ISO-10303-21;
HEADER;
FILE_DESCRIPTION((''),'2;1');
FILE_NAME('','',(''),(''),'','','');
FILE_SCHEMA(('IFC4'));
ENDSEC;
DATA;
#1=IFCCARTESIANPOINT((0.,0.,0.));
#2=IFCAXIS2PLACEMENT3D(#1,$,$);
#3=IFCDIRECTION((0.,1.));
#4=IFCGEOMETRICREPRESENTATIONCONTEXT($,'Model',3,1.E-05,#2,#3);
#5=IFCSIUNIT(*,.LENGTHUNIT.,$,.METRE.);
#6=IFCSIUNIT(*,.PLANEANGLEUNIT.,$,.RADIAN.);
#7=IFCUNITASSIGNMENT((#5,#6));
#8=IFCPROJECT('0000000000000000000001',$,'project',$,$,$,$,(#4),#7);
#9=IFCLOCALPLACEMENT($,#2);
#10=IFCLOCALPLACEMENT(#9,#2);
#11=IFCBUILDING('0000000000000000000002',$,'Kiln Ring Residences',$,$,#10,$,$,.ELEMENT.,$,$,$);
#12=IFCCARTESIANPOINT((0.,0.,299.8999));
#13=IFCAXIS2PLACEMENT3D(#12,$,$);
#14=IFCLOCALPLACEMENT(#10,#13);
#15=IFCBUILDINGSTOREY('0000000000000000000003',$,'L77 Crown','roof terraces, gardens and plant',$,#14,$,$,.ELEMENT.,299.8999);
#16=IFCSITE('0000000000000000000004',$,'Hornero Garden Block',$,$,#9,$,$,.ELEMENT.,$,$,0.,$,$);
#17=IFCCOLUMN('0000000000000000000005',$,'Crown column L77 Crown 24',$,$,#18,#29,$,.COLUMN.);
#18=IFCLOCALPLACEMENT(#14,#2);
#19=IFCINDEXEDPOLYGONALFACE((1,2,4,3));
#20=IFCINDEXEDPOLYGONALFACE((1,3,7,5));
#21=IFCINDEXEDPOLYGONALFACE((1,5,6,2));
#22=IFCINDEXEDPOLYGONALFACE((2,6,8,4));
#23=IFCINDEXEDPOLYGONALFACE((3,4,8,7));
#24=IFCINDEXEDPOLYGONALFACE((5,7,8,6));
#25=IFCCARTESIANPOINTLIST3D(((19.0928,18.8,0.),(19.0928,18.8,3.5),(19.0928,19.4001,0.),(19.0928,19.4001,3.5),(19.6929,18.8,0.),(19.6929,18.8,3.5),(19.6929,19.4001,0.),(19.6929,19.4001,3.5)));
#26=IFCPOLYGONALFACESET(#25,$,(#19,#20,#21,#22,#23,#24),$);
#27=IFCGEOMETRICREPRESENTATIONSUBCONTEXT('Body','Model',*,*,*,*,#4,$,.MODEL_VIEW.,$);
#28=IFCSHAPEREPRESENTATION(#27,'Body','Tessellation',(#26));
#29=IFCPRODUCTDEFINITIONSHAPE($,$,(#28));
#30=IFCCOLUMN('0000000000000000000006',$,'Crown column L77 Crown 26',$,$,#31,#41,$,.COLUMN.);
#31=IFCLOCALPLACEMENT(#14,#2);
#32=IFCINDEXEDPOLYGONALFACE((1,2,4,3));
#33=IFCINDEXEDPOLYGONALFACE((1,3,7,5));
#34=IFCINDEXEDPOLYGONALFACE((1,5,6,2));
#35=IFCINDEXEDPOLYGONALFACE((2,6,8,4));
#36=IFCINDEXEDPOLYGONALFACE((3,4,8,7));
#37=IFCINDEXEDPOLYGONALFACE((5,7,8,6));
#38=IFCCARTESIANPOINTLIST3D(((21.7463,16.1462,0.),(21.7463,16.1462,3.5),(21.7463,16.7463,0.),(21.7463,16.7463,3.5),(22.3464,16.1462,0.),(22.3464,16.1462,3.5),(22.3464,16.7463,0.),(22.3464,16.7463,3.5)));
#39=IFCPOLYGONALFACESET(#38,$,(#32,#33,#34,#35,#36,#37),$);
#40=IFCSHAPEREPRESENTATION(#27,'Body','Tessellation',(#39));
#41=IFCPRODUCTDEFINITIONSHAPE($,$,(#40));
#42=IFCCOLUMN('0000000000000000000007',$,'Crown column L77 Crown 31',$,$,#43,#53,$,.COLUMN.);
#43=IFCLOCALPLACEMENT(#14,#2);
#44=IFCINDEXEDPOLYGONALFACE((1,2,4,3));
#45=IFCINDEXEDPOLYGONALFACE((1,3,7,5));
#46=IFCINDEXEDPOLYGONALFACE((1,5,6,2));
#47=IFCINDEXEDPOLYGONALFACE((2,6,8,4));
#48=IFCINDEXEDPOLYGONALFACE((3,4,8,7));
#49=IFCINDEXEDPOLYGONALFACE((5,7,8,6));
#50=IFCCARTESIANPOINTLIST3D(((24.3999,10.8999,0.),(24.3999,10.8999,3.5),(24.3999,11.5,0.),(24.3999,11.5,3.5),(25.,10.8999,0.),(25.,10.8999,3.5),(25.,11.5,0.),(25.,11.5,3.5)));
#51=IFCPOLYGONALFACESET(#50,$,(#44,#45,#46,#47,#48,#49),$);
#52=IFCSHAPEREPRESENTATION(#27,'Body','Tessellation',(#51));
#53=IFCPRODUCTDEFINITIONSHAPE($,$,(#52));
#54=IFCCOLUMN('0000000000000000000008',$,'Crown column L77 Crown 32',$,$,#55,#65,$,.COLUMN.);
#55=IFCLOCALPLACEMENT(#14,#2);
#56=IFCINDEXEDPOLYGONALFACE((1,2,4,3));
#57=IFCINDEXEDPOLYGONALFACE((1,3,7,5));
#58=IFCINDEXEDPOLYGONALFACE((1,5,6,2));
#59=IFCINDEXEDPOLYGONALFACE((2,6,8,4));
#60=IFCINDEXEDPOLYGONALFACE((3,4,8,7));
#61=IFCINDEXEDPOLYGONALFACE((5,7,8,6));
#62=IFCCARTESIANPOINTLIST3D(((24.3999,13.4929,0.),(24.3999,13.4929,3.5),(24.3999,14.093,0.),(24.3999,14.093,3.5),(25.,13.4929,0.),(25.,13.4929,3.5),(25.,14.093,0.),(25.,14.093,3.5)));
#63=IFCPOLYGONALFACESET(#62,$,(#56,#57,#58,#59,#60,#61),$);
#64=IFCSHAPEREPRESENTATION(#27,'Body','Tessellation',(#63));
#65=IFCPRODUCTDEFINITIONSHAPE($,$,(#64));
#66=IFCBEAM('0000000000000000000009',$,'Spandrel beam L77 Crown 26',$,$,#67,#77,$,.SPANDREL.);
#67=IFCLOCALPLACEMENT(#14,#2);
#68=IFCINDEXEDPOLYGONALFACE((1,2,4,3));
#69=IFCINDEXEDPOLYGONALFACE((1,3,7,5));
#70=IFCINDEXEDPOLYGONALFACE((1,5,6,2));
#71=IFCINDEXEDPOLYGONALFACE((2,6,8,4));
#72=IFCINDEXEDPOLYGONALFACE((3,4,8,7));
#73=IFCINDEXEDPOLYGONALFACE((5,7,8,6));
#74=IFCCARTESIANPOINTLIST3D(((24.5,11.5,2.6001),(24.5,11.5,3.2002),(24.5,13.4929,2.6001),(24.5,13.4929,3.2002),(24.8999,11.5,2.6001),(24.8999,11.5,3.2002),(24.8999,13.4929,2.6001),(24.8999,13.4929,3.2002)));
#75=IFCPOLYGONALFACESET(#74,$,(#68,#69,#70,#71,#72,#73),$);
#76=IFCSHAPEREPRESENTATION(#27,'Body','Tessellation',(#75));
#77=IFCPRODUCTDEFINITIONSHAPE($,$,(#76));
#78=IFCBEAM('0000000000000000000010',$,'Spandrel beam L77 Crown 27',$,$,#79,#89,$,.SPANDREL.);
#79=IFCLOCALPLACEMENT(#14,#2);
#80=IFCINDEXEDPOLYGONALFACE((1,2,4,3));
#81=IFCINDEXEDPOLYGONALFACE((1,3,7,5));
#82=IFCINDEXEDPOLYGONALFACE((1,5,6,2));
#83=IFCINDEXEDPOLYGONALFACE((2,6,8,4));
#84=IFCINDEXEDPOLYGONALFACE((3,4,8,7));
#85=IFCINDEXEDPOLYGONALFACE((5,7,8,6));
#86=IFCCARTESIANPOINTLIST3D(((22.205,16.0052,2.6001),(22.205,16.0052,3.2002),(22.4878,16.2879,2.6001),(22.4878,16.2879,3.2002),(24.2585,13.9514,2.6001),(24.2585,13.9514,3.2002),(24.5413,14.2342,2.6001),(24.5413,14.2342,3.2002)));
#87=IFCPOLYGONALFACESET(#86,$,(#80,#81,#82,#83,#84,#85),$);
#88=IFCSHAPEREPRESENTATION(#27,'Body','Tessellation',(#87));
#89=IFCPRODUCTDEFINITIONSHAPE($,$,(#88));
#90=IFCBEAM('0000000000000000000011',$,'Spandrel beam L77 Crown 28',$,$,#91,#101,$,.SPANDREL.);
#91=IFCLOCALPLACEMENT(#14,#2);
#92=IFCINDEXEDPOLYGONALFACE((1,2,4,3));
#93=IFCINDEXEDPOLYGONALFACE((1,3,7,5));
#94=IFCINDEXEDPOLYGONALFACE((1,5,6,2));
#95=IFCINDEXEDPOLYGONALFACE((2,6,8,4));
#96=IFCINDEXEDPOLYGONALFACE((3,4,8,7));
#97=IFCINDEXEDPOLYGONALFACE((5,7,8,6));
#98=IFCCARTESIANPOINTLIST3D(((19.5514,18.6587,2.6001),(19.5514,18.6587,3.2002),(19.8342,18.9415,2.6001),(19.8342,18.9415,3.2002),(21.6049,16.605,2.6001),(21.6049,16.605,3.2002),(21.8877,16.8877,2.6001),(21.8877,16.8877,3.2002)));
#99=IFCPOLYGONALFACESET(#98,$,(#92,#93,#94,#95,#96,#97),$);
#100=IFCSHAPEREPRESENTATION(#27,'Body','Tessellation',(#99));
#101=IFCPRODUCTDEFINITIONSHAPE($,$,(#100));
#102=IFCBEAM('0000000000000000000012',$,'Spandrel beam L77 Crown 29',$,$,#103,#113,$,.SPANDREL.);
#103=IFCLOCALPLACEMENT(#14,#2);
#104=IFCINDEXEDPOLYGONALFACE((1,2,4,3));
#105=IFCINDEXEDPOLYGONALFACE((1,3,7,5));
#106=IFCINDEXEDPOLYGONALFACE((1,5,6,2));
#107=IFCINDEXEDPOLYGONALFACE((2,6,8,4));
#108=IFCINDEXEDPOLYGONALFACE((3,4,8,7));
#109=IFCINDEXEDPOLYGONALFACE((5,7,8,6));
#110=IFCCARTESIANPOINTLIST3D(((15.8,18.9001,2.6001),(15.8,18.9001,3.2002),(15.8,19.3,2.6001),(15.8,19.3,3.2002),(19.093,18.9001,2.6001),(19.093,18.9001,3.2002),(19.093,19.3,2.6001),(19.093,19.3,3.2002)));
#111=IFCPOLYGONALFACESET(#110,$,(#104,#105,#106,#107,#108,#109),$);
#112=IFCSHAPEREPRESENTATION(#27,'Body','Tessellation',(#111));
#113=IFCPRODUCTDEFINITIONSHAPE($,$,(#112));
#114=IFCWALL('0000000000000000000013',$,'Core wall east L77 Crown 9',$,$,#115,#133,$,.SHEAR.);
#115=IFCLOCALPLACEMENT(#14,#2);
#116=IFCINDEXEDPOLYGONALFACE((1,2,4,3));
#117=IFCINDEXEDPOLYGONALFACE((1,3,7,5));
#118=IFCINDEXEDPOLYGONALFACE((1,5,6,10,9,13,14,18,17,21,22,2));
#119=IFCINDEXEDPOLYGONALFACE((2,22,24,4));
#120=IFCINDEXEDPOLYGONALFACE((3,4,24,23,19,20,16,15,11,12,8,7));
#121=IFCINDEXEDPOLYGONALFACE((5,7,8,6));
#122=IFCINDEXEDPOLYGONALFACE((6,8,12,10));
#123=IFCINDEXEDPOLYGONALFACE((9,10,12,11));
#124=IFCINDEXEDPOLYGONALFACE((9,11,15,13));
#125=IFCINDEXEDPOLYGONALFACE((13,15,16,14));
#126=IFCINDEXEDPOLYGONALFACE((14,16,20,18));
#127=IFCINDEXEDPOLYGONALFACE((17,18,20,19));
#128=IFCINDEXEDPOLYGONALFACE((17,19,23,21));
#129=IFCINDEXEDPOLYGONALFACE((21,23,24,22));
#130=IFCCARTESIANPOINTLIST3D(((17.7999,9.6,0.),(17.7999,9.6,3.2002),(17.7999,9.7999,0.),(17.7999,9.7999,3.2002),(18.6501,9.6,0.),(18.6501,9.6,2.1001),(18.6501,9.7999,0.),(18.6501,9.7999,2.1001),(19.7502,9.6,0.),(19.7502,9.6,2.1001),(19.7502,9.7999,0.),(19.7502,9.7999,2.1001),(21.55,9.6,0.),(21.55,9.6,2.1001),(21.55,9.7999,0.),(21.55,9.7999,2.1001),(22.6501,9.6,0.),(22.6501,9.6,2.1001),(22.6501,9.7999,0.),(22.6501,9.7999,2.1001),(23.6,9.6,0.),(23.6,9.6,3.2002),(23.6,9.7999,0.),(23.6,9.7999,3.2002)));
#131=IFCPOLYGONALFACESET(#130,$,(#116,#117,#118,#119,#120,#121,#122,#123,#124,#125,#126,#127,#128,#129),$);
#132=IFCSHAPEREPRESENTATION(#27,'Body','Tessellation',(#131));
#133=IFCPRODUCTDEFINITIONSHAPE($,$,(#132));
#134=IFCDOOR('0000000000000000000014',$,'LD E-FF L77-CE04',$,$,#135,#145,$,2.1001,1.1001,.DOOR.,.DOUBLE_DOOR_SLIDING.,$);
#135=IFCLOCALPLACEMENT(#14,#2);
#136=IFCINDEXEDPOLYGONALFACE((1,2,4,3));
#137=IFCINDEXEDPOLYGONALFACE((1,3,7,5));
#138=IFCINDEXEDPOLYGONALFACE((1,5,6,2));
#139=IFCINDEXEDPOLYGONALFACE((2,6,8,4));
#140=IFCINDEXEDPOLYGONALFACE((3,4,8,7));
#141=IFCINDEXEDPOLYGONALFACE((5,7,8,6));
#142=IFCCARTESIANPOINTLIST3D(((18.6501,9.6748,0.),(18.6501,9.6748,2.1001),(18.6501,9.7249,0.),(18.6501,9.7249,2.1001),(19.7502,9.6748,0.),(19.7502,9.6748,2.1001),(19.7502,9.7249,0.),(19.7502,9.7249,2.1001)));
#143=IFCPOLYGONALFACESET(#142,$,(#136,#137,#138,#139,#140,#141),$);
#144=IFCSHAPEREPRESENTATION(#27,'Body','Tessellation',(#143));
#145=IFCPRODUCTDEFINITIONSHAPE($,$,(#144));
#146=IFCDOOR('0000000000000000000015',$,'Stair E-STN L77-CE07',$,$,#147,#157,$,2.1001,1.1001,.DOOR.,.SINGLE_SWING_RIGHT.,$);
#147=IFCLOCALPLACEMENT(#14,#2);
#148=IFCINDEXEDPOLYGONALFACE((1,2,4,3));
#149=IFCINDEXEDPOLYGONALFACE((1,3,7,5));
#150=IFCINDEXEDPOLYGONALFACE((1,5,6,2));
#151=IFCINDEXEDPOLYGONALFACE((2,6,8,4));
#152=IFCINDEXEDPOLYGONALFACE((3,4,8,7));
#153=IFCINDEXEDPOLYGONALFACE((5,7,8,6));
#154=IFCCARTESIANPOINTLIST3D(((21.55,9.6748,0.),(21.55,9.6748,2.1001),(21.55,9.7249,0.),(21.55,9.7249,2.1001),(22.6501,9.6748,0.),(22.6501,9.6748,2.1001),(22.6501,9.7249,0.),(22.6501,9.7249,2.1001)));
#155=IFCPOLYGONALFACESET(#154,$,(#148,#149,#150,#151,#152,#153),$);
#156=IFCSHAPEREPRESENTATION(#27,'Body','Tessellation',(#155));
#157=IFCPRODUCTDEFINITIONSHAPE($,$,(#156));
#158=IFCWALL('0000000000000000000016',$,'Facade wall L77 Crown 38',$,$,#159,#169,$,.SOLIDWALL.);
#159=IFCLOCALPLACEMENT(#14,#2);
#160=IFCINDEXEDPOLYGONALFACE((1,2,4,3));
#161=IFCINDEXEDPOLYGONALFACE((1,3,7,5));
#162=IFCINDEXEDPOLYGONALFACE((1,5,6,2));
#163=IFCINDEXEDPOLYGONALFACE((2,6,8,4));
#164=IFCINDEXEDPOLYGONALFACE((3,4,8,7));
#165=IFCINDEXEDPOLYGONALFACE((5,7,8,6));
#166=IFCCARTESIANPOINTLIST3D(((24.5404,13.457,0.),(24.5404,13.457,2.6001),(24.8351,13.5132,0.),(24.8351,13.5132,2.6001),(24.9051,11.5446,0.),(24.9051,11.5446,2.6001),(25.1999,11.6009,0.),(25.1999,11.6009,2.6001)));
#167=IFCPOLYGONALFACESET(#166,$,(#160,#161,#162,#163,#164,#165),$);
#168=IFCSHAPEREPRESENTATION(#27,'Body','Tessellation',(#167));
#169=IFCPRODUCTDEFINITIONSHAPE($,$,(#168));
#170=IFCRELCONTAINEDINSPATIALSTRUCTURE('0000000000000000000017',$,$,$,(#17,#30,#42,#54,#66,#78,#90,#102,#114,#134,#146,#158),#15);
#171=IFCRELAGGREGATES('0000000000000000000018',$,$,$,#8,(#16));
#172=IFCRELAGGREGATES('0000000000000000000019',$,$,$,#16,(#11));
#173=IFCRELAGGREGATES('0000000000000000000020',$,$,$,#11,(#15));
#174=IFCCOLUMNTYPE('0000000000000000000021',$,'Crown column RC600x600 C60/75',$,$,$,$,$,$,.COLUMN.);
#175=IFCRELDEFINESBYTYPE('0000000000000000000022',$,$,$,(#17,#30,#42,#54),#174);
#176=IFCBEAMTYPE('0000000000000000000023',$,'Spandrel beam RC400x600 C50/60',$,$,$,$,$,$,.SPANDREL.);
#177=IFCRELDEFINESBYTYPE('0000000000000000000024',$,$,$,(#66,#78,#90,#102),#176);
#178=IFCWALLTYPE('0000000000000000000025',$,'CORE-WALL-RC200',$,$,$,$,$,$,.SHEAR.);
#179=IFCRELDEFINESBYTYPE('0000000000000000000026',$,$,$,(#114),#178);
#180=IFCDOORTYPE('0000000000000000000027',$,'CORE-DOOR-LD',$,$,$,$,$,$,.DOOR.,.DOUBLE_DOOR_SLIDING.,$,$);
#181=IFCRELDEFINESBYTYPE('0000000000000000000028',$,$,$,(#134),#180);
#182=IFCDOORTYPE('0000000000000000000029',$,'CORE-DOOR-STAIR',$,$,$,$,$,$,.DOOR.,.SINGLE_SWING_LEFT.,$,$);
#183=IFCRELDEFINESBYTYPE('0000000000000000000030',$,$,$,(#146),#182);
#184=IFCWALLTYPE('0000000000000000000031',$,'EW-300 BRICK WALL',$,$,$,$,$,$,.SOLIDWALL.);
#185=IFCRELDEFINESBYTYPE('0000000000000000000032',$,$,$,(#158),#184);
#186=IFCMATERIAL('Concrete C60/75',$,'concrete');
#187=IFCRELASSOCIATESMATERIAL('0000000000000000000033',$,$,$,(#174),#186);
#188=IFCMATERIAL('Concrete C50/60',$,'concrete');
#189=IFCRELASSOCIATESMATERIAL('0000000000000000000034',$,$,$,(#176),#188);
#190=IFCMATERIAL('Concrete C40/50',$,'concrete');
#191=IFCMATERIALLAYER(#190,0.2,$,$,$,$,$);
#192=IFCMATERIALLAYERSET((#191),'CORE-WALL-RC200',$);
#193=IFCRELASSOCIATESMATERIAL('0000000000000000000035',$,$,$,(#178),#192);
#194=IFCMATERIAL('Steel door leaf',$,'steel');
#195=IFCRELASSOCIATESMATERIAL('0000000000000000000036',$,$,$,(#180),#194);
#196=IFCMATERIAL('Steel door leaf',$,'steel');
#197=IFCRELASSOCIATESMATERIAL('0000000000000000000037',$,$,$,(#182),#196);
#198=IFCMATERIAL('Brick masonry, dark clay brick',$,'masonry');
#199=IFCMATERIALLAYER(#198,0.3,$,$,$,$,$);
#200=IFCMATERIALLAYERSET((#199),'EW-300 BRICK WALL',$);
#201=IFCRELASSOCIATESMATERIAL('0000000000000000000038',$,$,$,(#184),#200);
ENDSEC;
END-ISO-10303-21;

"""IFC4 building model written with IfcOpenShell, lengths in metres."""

from ifc_helpers import new_model, si_unit, direction, frame, frame_2d, origin, origin_2d, place, context, subcontext, project, spatial, rectangle, extrude, material, layer, layer_set, material_profile, profile_set, type_object, element, fill, save


model = new_model("IFC4")

# Units and contexts
model_context = context("Model", 3, precision=1e-05, world=origin(), true_north=direction((0.0, 1.0)))
body_context = subcontext(model_context, "Body", "Model", "MODEL_VIEW")
ifc_project = project(units=[si_unit("LENGTHUNIT", "METRE"), si_unit("PLANEANGLEUNIT", "RADIAN")], contexts=[model_context])

# Site, building, storey
site_placement = place(None, origin())
site = spatial("IfcSite", under=ifc_project, at=site_placement, Name="Hornero Garden Block", CompositionType="ELEMENT", RefElevation=0.0)
building_placement = place(site_placement, origin())
building = spatial("IfcBuilding", under=site, at=building_placement, Name="Kiln Ring Residences", CompositionType="ELEMENT")
storey_placement = place(building_placement, frame((0.0, 0.0, 299.8999)))
storey = spatial("IfcBuildingStorey", under=building, at=storey_placement, Name="L77 Crown", Description="roof terraces, gardens and plant", CompositionType="ELEMENT", Elevation=299.8999)

# Columns
ifc_material_1 = material(Name="Concrete C60/75", Category="concrete")
ifc_material_profile_1 = material_profile(ifc_material_1, rectangle(XDim=0.6001, YDim=0.6001, at=origin_2d()), Name="RC600x600")
ifc_profile_set_1 = profile_set([ifc_material_profile_1], Name="Concrete C60/75")
column_type = type_object("IfcColumnType", Name="Crown column RC600x600 C60/75", PredefinedType="COLUMN", material=ifc_profile_set_1)
for number, where, z_axis, x_axis, name in (
    (1, (19.3928, 19.1001, 0.0), (0.0, 0.0, 1.0), (1.0, 0.0, 0.0), "Crown column L77 Crown 24"),
    (2, (22.0464, 16.4463, 0.0), (0.0, 0.0, 1.0), (1.0, 0.0, 0.0), "Crown column L77 Crown 26"),
    (3, (24.7, 11.2, 0.0), (0.0, 0.0, 1.0), (1.0, 0.0, 0.0), "Crown column L77 Crown 31"),
    (4, (24.7, 13.793, 0.0), (0.0, 0.0, 1.0), (1.0, 0.0, 0.0), "Crown column L77 Crown 32"),
):
    element("IfcColumn", number, at=place(storey_placement, frame(where, z_axis=z_axis, x_axis=x_axis)), inside=storey, type_object=column_type, Name=name, PredefinedType="COLUMN", context=body_context, shape_type="SweptSolid", body=[
        extrude(rectangle(XDim=0.6001, YDim=0.6001, at=origin_2d()), origin(), (0.0, 0.0, 1.0), 3.5),
    ])

# Beams
ifc_material_2 = material(Name="Concrete C50/60", Category="concrete")
ifc_material_profile_2 = material_profile(ifc_material_2, rectangle(XDim=0.3999, YDim=0.6001, at=origin_2d()), Name="RC400x600")
ifc_profile_set_2 = profile_set([ifc_material_profile_2], Name="Concrete C50/60")
beam_type = type_object("IfcBeamType", Name="Spandrel beam RC400x600 C50/60", PredefinedType="SPANDREL", material=ifc_profile_set_2)
beam_1_placement = place(storey_placement, frame((24.7, 11.5, 2.9001), z_axis=(0.0, 1.0, 0.0), x_axis=(-1.0, 0.0, 0.0)))
element("IfcBeam", 5, at=beam_1_placement, inside=storey, type_object=beam_type, Name="Spandrel beam L77 Crown 26", PredefinedType="SPANDREL", context=body_context, shape_type="SweptSolid", body=[
    extrude(rectangle(XDim=0.3999, YDim=0.6001, at=origin_2d()), origin(), (0.0, 0.0, 1.0), 1.9929),
])
for number, where, z_axis, x_axis, name in (
    (6, (24.3999, 14.0928, 2.9001), (-0.707065, 0.707149, 0.0), (-0.707149, -0.707065, 0.0), "Spandrel beam L77 Crown 27"),
    (7, (21.7463, 16.7463, 2.9001), (-0.707065, 0.707149, 0.0), (-0.707149, -0.707065, 0.0), "Spandrel beam L77 Crown 28"),
):
    element("IfcBeam", number, at=place(storey_placement, frame(where, z_axis=z_axis, x_axis=x_axis)), inside=storey, type_object=beam_type, Name=name, PredefinedType="SPANDREL", context=body_context, shape_type="SweptSolid", body=[
        extrude(rectangle(XDim=0.3999, YDim=0.6001, at=origin_2d()), origin(), (0.0, 0.0, 1.0), 2.9043),
    ])
beam_2_placement = place(storey_placement, frame((19.093, 19.1001, 2.9001), z_axis=(-1.0, 0.0, 0.0), x_axis=(0.0, -1.0, 0.0)))
element("IfcBeam", 8, at=beam_2_placement, inside=storey, type_object=beam_type, Name="Spandrel beam L77 Crown 29", PredefinedType="SPANDREL", context=body_context, shape_type="SweptSolid", body=[
    extrude(rectangle(XDim=0.3999, YDim=0.6001, at=origin_2d()), origin(), (0.0, 0.0, 1.0), 3.293),
])

# Wall, openings, doors
ifc_material_3 = material(Name="Concrete C40/50", Category="concrete")
ifc_layer_1 = layer(ifc_material_3, 0.2)
ifc_layer_set_1 = layer_set([ifc_layer_1], Name="CORE-WALL-RC200")
wall_type_1 = type_object("IfcWallType", Name="CORE-WALL-RC200", PredefinedType="SHEAR", material=ifc_layer_set_1)
wall_1_placement = place(storey_placement, frame((17.8, 9.7, 0.0), z_axis=(0.0, 0.0, 1.0), x_axis=(1.0, 0.0, 0.0)))
wall_1 = element("IfcWall", 9, at=wall_1_placement, inside=storey, type_object=wall_type_1, Name="Core wall east L77 Crown 9", PredefinedType="SHEAR", context=body_context, shape_type="SweptSolid", body=[
    extrude(rectangle(XDim=5.8, YDim=0.2, at=frame_2d((2.8999, 0.0))), origin(), (0.0, 0.0, 1.0), 3.2002),
])
opening_1_placement = place(wall_1_placement, frame((0.8501, 0.0, 0.0)))
opening_1 = element("IfcOpeningElement", 10, at=opening_1_placement, cuts=wall_1, PredefinedType="OPENING", context=body_context, shape_type="SweptSolid", body=[
    extrude(rectangle(XDim=1.1001, YDim=2.1001, at=frame_2d((0.55, 1.05))), frame((0.0, 0.1099, 0.0), z_axis=(0.0, -1.0, 0.0), x_axis=(1.0, 0.0, 0.0)), (0.0, 0.0, 1.0), 0.22),
])
opening_2_placement = place(wall_1_placement, frame((3.75, 0.0, 0.0)))
opening_2 = element("IfcOpeningElement", 11, at=opening_2_placement, cuts=wall_1, PredefinedType="OPENING", context=body_context, shape_type="SweptSolid", body=[
    extrude(rectangle(XDim=1.1001, YDim=2.1001, at=frame_2d((0.55, 1.05))), frame((0.0, 0.1099, 0.0), z_axis=(0.0, -1.0, 0.0), x_axis=(1.0, 0.0, 0.0)), (0.0, 0.0, 1.0), 0.22),
])
ifc_material_4 = material(Name="Steel door leaf", Category="steel")
door_type_1 = type_object("IfcDoorType", Name="CORE-DOOR-LD", OperationType="DOUBLE_DOOR_SLIDING", PredefinedType="DOOR", material=ifc_material_4)
door_1_placement = place(opening_1_placement, origin())
door_1 = element("IfcDoor", 12, at=door_1_placement, inside=storey, type_object=door_type_1, Name="LD E-FF L77-CE04", OperationType="DOUBLE_DOOR_SLIDING", OverallHeight=2.1001, OverallWidth=1.1001, PredefinedType="DOOR", context=body_context, shape_type="SweptSolid", body=[
    extrude(rectangle(XDim=1.1001, YDim=2.1001, at=frame_2d((0.55, 1.05))), frame((0.0, 0.0249, 0.0), z_axis=(0.0, -1.0, 0.0), x_axis=(1.0, 0.0, 0.0)), (0.0, 0.0, 1.0), 0.05),
])
fill(opening_1, door_1)
ifc_material_5 = material(Name="Steel door leaf", Category="steel")
door_type_2 = type_object("IfcDoorType", Name="CORE-DOOR-STAIR", OperationType="SINGLE_SWING_LEFT", PredefinedType="DOOR", material=ifc_material_5)
door_2_placement = place(opening_2_placement, origin())
door_2 = element("IfcDoor", 13, at=door_2_placement, inside=storey, type_object=door_type_2, Name="Stair E-STN L77-CE07", OperationType="SINGLE_SWING_RIGHT", OverallHeight=2.1001, OverallWidth=1.1001, PredefinedType="DOOR", context=body_context, shape_type="SweptSolid", body=[
    extrude(rectangle(XDim=1.1001, YDim=2.1001, at=frame_2d((0.55, 1.05))), frame((0.0, 0.0249, 0.0), z_axis=(0.0, -1.0, 0.0), x_axis=(1.0, 0.0, 0.0)), (0.0, 0.0, 1.0), 0.05),
])
fill(opening_2, door_2)

# Wall
ifc_material_6 = material(Name="Brick masonry, dark clay brick", Category="masonry")
ifc_layer_2 = layer(ifc_material_6, 0.3)
ifc_layer_set_2 = layer_set([ifc_layer_2], Name="EW-300 BRICK WALL")
wall_type_2 = type_object("IfcWallType", Name="EW-300 BRICK WALL", PredefinedType="SOLIDWALL", material=ifc_layer_set_2)
wall_2_placement = place(storey_placement, frame((25.0525, 11.5728, 0.0), z_axis=(0.0, 0.0, 1.0), x_axis=(-0.187354, 0.982292, 0.0)))
element("IfcWall", 14, at=wall_2_placement, inside=storey, type_object=wall_type_2, Name="Facade wall L77 Crown 38", PredefinedType="SOLIDWALL", context=body_context, shape_type="SweptSolid", body=[
    extrude(rectangle(XDim=1.9468, YDim=0.3, at=frame_2d((0.9734, 0.0))), origin(), (0.0, 0.0, 1.0), 2.6001),
])

save(model, "model.ifc")
